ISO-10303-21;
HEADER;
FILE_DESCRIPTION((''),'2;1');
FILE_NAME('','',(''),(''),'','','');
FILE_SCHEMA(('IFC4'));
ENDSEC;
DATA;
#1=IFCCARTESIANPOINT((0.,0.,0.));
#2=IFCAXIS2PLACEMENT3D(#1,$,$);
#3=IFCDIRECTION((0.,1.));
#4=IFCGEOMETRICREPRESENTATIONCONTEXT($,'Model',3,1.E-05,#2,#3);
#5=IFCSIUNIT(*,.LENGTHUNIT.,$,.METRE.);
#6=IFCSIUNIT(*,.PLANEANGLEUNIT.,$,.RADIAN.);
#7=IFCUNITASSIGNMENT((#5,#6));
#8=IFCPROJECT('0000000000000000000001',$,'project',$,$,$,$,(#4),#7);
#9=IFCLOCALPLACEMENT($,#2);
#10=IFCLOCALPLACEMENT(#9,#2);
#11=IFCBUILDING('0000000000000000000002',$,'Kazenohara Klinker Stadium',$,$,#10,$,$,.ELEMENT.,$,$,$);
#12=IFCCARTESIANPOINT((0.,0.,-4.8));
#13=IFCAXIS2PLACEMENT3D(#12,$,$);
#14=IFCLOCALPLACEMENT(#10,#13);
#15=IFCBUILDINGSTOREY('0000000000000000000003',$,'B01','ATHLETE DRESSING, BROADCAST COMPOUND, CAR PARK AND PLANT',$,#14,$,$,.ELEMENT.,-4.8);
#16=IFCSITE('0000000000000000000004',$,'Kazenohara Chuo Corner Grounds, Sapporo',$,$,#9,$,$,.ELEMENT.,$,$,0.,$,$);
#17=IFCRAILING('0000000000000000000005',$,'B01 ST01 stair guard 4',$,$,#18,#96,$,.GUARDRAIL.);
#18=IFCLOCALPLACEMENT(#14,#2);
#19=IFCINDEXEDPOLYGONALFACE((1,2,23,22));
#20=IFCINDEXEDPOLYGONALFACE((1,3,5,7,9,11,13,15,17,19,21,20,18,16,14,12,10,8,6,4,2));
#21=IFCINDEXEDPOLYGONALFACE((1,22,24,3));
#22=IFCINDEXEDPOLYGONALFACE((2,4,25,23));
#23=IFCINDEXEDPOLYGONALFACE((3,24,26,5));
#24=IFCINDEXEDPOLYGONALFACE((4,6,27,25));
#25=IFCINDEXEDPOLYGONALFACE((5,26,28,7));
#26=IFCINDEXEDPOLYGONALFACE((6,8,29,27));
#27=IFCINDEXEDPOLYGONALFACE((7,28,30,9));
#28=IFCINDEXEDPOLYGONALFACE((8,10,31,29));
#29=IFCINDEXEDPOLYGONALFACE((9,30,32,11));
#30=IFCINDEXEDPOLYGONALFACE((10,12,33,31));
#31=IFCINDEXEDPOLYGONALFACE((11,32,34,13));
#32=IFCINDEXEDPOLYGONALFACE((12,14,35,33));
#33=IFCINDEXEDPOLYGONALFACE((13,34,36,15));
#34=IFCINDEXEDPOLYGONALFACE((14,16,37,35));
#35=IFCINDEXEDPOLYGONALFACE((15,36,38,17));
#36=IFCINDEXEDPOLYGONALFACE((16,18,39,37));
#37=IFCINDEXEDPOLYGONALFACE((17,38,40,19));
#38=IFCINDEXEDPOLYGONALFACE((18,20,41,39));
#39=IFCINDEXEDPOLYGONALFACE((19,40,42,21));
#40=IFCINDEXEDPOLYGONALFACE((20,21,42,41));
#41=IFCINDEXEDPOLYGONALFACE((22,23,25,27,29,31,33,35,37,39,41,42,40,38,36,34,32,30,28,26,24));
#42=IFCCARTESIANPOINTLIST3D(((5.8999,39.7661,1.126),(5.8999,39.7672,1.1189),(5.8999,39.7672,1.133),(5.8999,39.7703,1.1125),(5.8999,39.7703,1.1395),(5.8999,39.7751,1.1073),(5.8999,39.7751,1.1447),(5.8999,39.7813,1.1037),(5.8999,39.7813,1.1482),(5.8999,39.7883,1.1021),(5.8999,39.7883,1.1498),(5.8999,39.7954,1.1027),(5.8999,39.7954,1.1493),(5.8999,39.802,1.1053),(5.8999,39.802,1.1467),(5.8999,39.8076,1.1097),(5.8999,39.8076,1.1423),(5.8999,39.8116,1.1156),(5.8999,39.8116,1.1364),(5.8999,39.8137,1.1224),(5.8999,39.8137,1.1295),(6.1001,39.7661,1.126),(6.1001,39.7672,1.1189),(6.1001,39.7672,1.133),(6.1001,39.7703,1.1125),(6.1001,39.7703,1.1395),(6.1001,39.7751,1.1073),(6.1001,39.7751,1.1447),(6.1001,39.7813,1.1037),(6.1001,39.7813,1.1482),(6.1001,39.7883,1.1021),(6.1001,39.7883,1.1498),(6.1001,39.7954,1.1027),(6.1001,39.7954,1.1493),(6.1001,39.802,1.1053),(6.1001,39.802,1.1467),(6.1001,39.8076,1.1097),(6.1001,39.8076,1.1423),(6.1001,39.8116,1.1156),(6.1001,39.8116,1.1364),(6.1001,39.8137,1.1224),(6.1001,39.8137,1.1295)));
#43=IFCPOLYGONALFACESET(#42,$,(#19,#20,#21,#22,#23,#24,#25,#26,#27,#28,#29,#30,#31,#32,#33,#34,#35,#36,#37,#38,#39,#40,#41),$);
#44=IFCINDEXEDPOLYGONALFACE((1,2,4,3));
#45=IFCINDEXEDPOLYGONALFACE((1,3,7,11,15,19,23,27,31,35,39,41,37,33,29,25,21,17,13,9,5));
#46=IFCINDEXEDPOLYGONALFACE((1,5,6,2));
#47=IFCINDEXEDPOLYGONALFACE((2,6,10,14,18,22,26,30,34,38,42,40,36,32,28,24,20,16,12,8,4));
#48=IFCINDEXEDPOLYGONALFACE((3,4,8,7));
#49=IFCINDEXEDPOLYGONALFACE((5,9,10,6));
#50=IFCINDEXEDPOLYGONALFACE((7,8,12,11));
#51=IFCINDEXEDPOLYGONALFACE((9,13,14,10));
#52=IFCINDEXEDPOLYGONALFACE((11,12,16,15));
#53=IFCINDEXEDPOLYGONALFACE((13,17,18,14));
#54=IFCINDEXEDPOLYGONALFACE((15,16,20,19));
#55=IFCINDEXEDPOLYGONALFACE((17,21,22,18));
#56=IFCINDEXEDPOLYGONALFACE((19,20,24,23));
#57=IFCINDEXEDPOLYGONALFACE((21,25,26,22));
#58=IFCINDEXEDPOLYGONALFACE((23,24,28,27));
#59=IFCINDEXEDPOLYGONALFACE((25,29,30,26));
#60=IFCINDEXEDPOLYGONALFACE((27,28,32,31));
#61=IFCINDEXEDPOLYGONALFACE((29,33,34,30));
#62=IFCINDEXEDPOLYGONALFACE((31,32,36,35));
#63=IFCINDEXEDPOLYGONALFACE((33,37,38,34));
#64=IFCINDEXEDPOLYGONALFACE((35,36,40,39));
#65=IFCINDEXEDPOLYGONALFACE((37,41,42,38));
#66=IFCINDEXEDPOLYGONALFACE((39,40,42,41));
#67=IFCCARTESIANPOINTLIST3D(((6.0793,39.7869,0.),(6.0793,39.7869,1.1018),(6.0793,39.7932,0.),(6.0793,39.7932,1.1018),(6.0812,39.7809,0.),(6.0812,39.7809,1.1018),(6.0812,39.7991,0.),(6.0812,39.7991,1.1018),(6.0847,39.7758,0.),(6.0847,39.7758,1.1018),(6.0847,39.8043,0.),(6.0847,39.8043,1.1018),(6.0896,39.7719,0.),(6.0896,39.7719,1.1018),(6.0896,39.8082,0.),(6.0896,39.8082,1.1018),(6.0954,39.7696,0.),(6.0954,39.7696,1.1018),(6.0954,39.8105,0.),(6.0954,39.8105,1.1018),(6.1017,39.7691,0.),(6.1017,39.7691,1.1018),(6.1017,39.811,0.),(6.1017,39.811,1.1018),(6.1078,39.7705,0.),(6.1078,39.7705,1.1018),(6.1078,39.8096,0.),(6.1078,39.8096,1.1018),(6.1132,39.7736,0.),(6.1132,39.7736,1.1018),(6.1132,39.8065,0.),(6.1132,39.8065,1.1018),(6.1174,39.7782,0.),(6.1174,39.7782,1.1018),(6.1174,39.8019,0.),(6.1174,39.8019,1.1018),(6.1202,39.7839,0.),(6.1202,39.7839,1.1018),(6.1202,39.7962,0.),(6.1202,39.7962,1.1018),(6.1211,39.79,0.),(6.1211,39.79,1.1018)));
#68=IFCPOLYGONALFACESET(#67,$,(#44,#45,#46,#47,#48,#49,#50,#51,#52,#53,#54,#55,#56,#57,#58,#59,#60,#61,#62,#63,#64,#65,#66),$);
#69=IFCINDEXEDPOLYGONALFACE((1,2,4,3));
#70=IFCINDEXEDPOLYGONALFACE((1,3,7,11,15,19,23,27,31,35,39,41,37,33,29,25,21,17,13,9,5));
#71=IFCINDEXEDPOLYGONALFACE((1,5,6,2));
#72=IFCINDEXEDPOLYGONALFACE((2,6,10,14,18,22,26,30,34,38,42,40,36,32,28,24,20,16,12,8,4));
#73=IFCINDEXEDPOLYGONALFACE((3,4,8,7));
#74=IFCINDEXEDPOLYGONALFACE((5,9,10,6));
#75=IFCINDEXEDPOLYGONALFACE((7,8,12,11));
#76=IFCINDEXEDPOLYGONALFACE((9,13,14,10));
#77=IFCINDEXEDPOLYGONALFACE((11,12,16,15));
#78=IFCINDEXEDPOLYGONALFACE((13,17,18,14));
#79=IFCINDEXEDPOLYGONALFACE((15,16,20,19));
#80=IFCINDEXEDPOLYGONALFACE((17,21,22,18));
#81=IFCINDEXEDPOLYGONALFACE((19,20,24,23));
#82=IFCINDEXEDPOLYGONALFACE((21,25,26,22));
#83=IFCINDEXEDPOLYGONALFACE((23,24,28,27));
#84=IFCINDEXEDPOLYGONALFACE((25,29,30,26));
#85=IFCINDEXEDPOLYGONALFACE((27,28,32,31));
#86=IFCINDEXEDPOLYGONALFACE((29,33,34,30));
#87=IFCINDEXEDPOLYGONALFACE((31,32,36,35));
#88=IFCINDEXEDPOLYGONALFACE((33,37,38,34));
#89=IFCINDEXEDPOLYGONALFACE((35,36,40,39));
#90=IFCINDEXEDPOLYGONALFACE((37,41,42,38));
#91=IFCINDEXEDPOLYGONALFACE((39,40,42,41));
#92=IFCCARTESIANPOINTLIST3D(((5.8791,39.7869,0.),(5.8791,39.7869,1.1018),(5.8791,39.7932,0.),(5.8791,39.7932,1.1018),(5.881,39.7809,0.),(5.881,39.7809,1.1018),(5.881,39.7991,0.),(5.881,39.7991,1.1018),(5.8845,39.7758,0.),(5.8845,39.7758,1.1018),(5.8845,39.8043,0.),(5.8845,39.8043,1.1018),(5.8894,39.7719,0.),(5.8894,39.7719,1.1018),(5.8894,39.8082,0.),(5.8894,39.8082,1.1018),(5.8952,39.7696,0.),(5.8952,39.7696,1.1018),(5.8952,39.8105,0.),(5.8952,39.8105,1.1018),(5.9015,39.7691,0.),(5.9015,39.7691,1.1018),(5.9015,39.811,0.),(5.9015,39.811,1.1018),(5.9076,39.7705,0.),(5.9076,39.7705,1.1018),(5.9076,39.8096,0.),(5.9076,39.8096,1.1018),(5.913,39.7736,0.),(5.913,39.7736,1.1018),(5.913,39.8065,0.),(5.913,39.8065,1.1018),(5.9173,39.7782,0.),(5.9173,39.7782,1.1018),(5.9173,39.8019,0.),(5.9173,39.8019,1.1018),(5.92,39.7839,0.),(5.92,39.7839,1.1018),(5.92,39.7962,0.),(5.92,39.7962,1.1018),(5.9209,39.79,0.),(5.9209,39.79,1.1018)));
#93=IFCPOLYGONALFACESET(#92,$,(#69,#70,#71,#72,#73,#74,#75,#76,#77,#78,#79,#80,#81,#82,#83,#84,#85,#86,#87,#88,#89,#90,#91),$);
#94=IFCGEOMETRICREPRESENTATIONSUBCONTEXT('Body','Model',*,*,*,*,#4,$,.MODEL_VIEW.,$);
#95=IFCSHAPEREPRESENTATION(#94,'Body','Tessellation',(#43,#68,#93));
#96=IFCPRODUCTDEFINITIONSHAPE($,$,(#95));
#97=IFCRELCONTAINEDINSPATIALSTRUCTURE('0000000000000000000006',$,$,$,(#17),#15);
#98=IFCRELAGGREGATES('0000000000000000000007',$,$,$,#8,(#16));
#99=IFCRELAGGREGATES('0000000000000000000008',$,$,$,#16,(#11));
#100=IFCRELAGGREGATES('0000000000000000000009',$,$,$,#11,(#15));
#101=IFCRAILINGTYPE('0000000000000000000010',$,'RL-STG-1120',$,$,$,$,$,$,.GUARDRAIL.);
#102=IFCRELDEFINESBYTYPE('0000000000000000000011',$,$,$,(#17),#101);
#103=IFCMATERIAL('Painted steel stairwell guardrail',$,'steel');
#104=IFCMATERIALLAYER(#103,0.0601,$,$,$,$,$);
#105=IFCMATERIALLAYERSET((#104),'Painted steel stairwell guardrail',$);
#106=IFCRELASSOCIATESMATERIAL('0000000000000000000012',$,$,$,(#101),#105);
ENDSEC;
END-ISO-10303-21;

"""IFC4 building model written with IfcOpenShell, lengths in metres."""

from ifc_helpers import new_model, si_unit, direction, frame, origin, origin_2d, place, context, subcontext, project, spatial, circle, extrude, material, layer, layer_set, type_object, element, save


model = new_model("IFC4")

# Units and contexts
model_context = context("Model", 3, precision=1e-05, world=origin(), true_north=direction((0.0, 1.0)))
body_context = subcontext(model_context, "Body", "Model", "MODEL_VIEW")
ifc_project = project(units=[si_unit("LENGTHUNIT", "METRE"), si_unit("PLANEANGLEUNIT", "RADIAN")], contexts=[model_context])

# Site, building, storey
site_placement = place(None, origin())
site = spatial("IfcSite", under=ifc_project, at=site_placement, Name="Kazenohara Chuo Corner Grounds, Sapporo", CompositionType="ELEMENT", RefElevation=0.0)
building_placement = place(site_placement, origin())
building = spatial("IfcBuilding", under=site, at=building_placement, Name="Kazenohara Klinker Stadium", CompositionType="ELEMENT")
storey_placement = place(building_placement, frame((0.0, 0.0, -4.8)))
storey = spatial("IfcBuildingStorey", under=building, at=storey_placement, Name="B01", Description="ATHLETE DRESSING, BROADCAST COMPOUND, CAR PARK AND PLANT", CompositionType="ELEMENT", Elevation=-4.8)

# Railing
ifc_material_1 = material(Name="Painted steel stairwell guardrail", Category="steel")
ifc_layer_1 = layer(ifc_material_1, 0.0601)
ifc_layer_set_1 = layer_set([ifc_layer_1], Name="Painted steel stairwell guardrail")
railing_type_1 = type_object("IfcRailingType", Name="RL-STG-1120", PredefinedType="GUARDRAIL", material=ifc_layer_set_1)
railing_1_placement = place(storey_placement, frame((6.1001, 39.79, 0.0)))
element("IfcRailing", 1, at=railing_1_placement, inside=storey, type_object=railing_type_1, Name="B01 ST01 stair guard 4", PredefinedType="GUARDRAIL", context=body_context, shape_type="SweptSolid", body=[
    extrude(circle(Radius=0.0239, at=origin_2d()), frame((0.0, 0.0, 1.126), z_axis=(-1.0, 0.0, 0.0), x_axis=(0.0, -1.0, 0.0)), (0.0, 0.0, 1.0), 0.2002),
    extrude(circle(Radius=0.021, at=origin_2d()), origin(), (0.0, 0.0, 1.0), 1.1018),
    extrude(circle(Radius=0.021, at=origin_2d()), frame((-0.2002, 0.0, 0.0)), (0.0, 0.0, 1.0), 1.1018),
])

save(model, "model.ifc")
